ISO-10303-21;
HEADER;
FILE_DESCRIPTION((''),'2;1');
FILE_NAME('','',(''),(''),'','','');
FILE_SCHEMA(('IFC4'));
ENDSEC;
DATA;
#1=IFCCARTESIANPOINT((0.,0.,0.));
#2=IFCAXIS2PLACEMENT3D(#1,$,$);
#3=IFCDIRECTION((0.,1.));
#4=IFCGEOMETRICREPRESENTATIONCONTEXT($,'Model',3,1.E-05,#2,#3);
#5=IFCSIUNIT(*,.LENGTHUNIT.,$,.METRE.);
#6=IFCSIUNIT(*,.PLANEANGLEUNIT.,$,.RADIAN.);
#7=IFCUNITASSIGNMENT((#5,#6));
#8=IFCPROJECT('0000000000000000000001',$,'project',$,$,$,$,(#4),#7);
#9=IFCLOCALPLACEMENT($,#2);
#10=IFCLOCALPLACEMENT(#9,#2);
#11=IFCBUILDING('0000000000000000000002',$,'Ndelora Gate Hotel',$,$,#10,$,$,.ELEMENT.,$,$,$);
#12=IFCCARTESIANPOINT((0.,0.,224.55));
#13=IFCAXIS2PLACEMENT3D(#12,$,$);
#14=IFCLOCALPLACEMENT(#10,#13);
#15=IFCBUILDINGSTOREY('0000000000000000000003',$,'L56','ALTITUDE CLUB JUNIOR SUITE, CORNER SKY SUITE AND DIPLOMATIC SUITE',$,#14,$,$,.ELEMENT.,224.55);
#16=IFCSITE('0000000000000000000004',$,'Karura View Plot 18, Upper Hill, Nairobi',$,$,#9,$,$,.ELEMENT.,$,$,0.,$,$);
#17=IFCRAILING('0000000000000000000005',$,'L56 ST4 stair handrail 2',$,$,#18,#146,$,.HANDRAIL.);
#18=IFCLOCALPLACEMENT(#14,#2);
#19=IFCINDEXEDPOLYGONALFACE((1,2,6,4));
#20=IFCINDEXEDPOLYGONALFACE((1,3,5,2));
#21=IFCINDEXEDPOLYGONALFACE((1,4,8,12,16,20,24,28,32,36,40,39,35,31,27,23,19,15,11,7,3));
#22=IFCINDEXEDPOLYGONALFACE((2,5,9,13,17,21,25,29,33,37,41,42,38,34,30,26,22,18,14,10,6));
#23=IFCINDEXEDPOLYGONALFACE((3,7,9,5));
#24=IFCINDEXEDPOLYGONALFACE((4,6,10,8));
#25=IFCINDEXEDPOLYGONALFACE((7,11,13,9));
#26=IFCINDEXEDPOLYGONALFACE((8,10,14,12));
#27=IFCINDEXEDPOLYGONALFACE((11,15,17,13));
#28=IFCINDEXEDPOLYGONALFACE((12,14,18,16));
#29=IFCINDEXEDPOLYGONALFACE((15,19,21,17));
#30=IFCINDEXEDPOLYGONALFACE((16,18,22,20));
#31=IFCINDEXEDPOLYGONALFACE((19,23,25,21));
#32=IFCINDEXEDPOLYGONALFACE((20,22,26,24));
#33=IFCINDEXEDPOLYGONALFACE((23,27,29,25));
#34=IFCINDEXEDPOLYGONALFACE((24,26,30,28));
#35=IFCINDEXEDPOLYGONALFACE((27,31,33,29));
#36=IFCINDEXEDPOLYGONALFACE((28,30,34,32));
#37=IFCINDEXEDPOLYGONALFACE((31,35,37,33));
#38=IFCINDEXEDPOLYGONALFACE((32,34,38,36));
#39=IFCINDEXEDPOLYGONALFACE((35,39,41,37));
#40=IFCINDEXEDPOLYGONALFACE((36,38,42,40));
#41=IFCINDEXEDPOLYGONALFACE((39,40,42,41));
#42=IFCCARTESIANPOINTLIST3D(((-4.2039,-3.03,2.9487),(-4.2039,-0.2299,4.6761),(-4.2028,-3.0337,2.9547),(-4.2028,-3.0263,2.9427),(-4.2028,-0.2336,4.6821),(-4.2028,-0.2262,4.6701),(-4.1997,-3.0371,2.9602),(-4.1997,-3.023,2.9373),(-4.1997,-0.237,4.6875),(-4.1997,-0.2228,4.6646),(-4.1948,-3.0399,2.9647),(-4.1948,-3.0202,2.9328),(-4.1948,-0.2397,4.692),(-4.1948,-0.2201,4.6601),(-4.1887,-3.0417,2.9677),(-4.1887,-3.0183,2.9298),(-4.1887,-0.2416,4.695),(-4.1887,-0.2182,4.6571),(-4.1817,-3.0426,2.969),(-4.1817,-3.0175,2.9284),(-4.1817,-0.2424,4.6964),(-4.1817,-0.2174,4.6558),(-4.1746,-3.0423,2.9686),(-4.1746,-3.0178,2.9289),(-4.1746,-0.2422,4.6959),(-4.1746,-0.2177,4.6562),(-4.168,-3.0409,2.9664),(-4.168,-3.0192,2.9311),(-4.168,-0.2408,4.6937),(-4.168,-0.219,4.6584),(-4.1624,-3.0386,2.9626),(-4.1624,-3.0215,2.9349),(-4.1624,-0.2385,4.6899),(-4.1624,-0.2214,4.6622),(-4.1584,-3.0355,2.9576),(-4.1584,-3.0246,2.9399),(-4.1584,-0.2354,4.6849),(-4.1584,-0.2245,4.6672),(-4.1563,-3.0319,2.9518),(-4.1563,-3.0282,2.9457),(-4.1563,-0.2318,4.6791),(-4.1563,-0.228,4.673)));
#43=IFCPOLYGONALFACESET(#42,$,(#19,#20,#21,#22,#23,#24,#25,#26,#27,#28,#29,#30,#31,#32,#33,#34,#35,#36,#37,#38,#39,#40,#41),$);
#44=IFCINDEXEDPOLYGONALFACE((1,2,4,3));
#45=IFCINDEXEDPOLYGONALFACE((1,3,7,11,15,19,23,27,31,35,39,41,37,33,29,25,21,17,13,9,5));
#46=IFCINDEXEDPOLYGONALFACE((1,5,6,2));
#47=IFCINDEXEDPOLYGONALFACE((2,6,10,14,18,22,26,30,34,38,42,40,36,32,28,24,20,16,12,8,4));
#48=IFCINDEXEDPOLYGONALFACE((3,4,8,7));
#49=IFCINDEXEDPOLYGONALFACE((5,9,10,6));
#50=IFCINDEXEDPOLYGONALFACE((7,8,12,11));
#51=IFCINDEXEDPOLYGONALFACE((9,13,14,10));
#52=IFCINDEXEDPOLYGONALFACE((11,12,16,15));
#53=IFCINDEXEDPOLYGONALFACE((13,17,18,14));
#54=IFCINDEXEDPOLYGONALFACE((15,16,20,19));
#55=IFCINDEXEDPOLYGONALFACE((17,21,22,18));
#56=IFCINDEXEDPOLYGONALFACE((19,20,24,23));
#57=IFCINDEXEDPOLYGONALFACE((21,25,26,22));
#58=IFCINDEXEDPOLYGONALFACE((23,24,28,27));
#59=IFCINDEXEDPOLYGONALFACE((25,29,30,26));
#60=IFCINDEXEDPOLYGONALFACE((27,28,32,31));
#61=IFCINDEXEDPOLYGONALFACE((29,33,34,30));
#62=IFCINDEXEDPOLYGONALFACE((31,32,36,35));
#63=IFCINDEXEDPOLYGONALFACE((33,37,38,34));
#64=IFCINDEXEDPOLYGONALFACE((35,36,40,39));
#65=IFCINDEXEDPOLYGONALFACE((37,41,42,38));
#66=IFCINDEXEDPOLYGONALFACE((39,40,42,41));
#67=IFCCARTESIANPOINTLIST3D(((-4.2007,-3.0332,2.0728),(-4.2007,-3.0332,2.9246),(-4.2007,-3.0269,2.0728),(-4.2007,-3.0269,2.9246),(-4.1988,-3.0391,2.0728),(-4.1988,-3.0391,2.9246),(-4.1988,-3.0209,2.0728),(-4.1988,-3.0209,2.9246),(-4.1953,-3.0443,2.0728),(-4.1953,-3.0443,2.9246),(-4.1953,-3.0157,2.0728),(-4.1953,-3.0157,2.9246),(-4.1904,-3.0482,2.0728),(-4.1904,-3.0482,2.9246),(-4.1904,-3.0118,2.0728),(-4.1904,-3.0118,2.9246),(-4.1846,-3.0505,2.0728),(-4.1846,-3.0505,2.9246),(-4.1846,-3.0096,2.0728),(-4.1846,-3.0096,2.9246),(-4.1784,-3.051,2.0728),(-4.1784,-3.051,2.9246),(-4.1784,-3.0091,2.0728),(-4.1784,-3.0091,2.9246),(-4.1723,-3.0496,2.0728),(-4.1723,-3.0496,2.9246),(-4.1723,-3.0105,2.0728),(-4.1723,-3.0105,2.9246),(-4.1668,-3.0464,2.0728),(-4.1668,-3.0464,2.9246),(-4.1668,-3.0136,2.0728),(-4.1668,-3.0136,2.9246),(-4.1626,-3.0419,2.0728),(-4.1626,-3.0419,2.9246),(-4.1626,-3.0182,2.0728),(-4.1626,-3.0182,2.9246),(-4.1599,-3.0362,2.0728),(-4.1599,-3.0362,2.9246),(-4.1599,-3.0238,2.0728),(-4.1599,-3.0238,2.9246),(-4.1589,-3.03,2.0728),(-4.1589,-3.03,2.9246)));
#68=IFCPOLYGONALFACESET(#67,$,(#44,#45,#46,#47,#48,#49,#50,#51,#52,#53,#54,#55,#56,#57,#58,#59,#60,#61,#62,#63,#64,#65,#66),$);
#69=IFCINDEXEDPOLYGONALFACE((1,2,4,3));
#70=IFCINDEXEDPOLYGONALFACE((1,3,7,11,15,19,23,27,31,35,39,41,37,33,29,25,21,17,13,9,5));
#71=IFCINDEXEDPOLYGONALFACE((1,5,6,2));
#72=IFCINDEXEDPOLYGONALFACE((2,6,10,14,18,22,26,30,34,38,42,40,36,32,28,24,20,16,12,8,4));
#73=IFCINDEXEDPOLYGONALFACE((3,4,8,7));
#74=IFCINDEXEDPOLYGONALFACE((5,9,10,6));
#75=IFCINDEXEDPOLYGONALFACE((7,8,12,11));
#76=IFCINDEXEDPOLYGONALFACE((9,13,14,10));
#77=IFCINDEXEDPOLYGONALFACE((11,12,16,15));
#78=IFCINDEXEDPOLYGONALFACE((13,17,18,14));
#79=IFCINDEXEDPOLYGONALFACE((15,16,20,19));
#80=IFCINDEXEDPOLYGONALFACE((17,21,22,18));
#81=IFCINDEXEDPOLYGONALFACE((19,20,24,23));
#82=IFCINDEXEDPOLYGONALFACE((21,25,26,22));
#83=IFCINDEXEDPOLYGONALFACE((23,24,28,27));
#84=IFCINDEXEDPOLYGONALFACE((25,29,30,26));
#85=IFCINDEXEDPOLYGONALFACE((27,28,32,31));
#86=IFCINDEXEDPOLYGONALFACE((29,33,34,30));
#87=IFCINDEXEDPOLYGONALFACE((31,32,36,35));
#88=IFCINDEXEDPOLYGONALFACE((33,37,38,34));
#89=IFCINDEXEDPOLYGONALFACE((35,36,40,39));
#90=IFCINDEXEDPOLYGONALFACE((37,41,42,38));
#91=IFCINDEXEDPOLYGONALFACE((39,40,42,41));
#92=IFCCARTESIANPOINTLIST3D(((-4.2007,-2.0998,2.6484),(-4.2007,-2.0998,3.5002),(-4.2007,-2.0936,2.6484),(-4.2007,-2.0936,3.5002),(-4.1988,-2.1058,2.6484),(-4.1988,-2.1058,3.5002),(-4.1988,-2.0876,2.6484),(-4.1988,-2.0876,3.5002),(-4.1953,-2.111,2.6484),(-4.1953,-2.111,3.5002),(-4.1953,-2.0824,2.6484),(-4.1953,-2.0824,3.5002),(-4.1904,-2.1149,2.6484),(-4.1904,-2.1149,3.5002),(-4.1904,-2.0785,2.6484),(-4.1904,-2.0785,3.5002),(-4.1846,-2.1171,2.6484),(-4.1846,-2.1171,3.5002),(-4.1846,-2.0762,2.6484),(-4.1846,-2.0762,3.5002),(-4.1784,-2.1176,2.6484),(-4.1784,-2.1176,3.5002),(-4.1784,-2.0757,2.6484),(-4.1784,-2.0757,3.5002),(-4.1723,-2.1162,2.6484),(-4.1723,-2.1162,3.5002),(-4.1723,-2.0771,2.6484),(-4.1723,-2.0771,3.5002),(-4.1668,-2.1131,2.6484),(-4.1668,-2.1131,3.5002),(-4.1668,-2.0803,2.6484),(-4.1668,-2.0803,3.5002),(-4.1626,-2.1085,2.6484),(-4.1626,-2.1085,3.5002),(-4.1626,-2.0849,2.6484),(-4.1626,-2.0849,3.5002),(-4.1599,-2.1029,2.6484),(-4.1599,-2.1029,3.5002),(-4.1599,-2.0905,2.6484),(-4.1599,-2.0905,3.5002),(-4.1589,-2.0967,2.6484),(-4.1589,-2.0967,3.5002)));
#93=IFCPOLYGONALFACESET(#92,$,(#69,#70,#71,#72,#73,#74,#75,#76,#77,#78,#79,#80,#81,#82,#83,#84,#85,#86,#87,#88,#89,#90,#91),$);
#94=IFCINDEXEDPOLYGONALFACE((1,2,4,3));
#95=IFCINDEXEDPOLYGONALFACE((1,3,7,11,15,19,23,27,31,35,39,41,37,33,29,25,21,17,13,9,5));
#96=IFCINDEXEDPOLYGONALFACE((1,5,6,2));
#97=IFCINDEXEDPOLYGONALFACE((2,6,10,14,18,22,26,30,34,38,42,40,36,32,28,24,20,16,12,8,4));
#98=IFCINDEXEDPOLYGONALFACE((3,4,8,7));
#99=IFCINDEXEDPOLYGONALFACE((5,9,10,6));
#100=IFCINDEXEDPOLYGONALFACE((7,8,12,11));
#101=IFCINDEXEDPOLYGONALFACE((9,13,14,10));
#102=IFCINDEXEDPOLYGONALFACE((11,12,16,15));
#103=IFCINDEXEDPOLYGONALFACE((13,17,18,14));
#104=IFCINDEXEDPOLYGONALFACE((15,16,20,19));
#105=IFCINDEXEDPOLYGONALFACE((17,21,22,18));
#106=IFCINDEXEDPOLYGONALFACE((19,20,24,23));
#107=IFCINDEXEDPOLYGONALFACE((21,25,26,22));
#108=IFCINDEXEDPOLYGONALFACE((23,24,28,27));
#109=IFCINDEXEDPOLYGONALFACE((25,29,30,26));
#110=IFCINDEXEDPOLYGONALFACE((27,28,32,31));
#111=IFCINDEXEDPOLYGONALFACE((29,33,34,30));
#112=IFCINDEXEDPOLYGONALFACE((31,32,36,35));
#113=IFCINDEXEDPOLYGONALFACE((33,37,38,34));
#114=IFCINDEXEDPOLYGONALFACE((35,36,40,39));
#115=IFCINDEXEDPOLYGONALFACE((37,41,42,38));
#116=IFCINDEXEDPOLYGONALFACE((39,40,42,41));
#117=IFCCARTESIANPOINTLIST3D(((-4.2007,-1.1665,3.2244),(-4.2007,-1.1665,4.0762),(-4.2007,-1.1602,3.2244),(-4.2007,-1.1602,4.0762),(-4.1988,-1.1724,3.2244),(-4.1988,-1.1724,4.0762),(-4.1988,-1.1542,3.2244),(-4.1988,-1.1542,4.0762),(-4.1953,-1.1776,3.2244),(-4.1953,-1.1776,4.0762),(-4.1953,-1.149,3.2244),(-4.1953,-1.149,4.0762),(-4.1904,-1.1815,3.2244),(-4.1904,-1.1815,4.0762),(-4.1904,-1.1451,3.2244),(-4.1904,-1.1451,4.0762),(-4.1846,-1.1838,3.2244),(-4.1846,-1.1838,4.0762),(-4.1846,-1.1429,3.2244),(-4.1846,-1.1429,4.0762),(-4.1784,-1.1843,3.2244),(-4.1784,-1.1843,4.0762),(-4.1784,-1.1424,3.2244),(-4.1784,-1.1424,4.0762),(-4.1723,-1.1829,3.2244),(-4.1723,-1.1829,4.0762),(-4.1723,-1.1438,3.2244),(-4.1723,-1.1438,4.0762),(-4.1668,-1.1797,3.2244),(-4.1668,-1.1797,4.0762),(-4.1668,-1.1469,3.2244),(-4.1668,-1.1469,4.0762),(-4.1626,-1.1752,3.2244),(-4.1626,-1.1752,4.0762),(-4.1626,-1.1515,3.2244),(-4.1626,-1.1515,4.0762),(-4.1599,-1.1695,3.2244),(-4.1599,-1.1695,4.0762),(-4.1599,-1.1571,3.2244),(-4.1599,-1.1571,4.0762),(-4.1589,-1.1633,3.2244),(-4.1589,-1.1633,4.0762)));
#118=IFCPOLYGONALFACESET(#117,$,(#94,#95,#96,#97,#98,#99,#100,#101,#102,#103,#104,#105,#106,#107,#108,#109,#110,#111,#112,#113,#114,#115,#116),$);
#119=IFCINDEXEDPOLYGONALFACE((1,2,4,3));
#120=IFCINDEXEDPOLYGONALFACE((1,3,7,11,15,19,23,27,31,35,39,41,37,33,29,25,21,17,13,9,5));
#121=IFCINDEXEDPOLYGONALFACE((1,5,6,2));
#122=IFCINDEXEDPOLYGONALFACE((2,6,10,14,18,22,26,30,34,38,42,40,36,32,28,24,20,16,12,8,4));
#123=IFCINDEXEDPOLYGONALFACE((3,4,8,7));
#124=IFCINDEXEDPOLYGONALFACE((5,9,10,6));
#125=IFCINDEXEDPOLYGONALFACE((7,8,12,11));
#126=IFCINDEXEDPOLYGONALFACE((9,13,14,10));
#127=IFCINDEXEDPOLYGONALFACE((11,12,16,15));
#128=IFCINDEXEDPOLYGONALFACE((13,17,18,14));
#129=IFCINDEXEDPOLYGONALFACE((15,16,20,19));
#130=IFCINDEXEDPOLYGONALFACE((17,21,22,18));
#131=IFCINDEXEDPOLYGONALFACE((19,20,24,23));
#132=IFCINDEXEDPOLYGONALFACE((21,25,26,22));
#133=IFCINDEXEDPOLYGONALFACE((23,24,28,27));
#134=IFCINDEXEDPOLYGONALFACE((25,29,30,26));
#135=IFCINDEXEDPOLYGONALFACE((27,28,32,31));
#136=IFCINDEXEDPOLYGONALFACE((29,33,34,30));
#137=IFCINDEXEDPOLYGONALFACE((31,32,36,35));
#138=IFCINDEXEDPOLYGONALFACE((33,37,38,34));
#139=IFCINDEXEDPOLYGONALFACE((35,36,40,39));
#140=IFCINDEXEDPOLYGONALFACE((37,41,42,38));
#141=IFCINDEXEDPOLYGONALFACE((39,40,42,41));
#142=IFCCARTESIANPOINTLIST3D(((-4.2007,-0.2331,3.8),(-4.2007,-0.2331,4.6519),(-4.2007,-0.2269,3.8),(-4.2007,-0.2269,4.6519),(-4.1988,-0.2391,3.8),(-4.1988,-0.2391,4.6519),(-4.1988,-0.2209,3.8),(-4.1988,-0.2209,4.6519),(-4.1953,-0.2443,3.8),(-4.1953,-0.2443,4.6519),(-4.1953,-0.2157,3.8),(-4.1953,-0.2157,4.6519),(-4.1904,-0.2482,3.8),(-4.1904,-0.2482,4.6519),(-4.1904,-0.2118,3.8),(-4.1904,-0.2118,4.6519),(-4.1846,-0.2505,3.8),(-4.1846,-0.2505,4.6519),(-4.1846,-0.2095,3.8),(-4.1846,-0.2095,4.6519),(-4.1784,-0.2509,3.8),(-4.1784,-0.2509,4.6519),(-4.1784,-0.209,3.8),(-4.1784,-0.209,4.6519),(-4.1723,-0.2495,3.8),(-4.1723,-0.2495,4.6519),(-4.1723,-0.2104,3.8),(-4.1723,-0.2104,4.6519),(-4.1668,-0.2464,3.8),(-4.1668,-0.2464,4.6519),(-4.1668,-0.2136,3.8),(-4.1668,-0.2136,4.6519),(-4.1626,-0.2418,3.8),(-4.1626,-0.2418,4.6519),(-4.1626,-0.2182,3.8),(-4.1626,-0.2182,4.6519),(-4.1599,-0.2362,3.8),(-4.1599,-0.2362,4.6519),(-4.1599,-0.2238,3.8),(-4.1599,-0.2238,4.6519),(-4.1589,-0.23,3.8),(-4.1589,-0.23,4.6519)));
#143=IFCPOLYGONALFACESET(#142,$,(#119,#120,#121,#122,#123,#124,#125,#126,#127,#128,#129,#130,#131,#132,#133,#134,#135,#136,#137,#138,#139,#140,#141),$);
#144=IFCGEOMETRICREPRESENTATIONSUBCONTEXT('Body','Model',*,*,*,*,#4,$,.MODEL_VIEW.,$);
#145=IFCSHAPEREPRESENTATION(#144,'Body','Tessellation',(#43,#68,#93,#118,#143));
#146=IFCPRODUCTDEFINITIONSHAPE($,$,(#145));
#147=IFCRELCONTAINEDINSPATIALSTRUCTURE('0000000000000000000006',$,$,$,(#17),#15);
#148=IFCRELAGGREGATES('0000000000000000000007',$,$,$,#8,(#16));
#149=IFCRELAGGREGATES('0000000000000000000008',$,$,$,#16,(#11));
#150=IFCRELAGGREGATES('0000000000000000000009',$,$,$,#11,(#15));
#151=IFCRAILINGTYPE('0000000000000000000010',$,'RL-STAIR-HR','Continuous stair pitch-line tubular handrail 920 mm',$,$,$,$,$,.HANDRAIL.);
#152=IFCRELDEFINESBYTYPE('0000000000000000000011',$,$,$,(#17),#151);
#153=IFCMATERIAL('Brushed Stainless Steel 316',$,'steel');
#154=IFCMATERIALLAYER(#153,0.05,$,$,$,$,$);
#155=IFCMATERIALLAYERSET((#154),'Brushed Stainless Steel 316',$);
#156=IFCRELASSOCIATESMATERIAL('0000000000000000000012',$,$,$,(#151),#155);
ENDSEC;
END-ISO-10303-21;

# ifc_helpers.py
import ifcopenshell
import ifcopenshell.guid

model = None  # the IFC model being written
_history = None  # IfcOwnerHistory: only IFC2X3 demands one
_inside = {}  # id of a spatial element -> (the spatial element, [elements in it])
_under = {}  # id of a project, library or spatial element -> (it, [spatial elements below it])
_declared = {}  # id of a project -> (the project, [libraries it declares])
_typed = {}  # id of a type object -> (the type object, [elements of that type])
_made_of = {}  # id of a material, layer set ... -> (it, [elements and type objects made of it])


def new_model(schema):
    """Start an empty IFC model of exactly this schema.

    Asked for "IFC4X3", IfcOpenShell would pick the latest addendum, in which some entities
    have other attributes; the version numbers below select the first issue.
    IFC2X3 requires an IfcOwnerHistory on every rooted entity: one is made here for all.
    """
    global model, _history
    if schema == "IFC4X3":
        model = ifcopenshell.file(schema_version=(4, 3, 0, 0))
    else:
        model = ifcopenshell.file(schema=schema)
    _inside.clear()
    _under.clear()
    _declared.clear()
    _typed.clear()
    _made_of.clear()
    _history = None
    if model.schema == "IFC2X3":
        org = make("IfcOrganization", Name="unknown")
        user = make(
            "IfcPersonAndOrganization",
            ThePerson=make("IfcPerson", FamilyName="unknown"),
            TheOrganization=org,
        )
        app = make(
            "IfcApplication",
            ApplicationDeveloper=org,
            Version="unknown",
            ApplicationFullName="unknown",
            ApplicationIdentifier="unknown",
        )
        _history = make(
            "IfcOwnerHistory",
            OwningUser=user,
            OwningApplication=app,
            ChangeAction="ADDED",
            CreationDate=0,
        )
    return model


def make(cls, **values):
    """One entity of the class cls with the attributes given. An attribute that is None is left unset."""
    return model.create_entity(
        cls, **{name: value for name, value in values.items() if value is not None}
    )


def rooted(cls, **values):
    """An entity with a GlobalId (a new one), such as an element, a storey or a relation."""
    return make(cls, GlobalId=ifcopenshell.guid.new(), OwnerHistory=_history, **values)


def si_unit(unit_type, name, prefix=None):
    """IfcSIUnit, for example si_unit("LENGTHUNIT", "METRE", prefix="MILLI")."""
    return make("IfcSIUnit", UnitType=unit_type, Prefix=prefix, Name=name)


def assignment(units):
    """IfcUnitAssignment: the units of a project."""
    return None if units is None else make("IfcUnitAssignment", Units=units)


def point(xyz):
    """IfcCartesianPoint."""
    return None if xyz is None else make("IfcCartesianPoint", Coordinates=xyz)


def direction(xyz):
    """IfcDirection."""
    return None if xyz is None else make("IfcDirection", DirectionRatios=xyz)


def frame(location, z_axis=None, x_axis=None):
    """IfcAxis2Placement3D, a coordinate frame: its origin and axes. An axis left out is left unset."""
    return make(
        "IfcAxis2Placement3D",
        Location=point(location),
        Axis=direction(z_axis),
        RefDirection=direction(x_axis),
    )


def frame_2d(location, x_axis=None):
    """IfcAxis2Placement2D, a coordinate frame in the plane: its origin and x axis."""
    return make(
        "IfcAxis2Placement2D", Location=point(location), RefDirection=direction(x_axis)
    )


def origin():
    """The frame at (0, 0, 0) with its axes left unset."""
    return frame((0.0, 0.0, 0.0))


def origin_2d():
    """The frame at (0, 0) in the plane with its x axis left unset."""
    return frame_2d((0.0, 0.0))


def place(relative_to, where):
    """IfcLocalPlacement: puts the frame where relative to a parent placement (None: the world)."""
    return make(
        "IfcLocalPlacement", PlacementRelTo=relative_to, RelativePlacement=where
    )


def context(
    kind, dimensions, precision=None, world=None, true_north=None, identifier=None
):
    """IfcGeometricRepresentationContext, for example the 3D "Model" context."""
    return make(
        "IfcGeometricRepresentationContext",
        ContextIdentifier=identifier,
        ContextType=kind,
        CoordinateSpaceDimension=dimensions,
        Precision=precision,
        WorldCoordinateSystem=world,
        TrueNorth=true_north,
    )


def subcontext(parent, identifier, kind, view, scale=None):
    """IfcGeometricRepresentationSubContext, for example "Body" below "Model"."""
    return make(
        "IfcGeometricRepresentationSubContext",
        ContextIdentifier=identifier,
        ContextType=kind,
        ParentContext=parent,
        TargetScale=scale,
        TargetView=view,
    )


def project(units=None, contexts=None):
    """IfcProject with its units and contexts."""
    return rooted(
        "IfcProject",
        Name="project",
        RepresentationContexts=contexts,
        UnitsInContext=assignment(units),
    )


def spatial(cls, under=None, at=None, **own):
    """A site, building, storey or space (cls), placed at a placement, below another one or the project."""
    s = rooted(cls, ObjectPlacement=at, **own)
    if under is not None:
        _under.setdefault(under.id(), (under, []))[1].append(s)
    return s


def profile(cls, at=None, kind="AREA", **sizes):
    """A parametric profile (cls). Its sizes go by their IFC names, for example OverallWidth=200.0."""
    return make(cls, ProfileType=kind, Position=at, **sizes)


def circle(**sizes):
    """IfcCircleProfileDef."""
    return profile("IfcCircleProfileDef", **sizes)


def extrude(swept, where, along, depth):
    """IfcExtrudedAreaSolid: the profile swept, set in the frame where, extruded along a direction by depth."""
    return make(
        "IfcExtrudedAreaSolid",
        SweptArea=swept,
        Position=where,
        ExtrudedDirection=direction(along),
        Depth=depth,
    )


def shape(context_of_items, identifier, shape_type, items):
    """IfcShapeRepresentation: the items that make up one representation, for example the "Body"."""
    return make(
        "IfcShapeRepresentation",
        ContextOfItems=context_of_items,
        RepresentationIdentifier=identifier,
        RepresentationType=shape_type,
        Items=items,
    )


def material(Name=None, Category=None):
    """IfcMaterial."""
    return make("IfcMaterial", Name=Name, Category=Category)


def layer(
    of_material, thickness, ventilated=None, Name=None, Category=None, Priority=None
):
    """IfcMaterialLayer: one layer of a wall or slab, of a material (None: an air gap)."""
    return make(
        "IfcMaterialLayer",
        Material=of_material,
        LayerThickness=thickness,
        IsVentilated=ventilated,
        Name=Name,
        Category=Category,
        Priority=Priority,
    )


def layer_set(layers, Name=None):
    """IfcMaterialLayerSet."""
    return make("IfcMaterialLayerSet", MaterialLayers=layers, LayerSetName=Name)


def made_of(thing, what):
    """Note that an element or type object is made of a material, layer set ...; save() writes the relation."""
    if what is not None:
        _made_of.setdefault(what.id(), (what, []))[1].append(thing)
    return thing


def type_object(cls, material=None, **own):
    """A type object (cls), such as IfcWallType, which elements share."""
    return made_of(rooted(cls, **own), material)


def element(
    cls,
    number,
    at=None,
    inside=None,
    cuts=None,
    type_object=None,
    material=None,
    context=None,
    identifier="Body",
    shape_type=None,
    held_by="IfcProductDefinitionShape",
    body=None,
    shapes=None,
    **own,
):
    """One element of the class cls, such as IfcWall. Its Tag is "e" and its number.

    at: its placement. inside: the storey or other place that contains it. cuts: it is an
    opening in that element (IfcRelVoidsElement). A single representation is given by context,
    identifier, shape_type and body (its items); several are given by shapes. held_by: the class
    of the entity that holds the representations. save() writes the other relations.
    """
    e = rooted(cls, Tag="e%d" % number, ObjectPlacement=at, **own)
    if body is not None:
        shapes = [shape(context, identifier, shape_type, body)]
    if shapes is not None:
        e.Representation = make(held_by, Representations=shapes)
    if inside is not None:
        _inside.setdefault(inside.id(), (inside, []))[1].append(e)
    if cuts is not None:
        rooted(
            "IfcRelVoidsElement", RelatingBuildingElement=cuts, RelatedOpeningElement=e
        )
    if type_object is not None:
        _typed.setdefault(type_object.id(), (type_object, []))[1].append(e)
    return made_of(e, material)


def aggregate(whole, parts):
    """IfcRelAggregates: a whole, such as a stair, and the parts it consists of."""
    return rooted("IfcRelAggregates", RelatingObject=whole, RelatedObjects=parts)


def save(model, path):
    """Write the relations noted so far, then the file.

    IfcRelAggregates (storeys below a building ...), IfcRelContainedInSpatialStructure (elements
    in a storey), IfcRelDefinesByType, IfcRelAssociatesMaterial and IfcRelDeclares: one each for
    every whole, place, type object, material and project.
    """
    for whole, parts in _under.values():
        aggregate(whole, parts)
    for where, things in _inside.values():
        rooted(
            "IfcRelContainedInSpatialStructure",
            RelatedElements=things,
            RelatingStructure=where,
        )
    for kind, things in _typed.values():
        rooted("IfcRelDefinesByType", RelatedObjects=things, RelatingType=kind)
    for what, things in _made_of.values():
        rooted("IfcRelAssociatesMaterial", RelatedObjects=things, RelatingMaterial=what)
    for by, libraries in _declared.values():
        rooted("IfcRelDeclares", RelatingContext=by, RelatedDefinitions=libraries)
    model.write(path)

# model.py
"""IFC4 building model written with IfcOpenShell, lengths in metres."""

from ifc_helpers import new_model, si_unit, direction, frame, origin, origin_2d, place, context, subcontext, project, spatial, circle, extrude, material, layer, layer_set, type_object, element, save


model = new_model("IFC4")

# Units and contexts
model_context = context("Model", 3, precision=1e-05, world=origin(), true_north=direction((0.0, 1.0)))
body_context = subcontext(model_context, "Body", "Model", "MODEL_VIEW")
ifc_project = project(units=[si_unit("LENGTHUNIT", "METRE"), si_unit("PLANEANGLEUNIT", "RADIAN")], contexts=[model_context])

# Site, building, storey
site_placement = place(None, origin())
site = spatial("IfcSite", under=ifc_project, at=site_placement, Name="Karura View Plot 18, Upper Hill, Nairobi", CompositionType="ELEMENT", RefElevation=0.0)
building_placement = place(site_placement, origin())
building = spatial("IfcBuilding", under=site, at=building_placement, Name="Ndelora Gate Hotel", CompositionType="ELEMENT")
storey_placement = place(building_placement, frame((0.0, 0.0, 224.55)))
storey = spatial("IfcBuildingStorey", under=building, at=storey_placement, Name="L56", Description="ALTITUDE CLUB JUNIOR SUITE, CORNER SKY SUITE AND DIPLOMATIC SUITE", CompositionType="ELEMENT", Elevation=224.55)

# Railing
ifc_material_1 = material(Name="Brushed Stainless Steel 316", Category="steel")
ifc_layer_1 = layer(ifc_material_1, 0.05)
ifc_layer_set_1 = layer_set([ifc_layer_1], Name="Brushed Stainless Steel 316")
railing_type_1 = type_object("IfcRailingType", Name="RL-STAIR-HR", Description="Continuous stair pitch-line tubular handrail 920 mm", PredefinedType="HANDRAIL", material=ifc_layer_set_1)
railing_1_placement = place(storey_placement, frame((-4.1799, -3.03, 2.0728)))
element("IfcRailing", 1, at=railing_1_placement, inside=storey, type_object=railing_type_1, Name="L56 ST4 stair handrail 2", PredefinedType="HANDRAIL", context=body_context, shape_type="SweptSolid", body=[
    extrude(circle(Radius=0.0239, at=origin_2d()), frame((0.0, 0.0, 0.876), z_axis=(0.0, 0.85109, 0.52502), x_axis=(-1.0, 0.0, 0.0)), (0.0, 0.0, 1.0), 3.29),
    extrude(circle(Radius=0.021, at=origin_2d()), origin(), (0.0, 0.0, 1.0), 0.8518),
    extrude(circle(Radius=0.021, at=origin_2d()), frame((0.0, 0.9333, 0.5757)), (0.0, 0.0, 1.0), 0.8518),
    extrude(circle(Radius=0.021, at=origin_2d()), frame((0.0, 1.8667, 1.1516)), (0.0, 0.0, 1.0), 0.8518),
    extrude(circle(Radius=0.021, at=origin_2d()), frame((0.0, 2.8, 1.7273)), (0.0, 0.0, 1.0), 0.8518),
])

save(model, "model.ifc")
